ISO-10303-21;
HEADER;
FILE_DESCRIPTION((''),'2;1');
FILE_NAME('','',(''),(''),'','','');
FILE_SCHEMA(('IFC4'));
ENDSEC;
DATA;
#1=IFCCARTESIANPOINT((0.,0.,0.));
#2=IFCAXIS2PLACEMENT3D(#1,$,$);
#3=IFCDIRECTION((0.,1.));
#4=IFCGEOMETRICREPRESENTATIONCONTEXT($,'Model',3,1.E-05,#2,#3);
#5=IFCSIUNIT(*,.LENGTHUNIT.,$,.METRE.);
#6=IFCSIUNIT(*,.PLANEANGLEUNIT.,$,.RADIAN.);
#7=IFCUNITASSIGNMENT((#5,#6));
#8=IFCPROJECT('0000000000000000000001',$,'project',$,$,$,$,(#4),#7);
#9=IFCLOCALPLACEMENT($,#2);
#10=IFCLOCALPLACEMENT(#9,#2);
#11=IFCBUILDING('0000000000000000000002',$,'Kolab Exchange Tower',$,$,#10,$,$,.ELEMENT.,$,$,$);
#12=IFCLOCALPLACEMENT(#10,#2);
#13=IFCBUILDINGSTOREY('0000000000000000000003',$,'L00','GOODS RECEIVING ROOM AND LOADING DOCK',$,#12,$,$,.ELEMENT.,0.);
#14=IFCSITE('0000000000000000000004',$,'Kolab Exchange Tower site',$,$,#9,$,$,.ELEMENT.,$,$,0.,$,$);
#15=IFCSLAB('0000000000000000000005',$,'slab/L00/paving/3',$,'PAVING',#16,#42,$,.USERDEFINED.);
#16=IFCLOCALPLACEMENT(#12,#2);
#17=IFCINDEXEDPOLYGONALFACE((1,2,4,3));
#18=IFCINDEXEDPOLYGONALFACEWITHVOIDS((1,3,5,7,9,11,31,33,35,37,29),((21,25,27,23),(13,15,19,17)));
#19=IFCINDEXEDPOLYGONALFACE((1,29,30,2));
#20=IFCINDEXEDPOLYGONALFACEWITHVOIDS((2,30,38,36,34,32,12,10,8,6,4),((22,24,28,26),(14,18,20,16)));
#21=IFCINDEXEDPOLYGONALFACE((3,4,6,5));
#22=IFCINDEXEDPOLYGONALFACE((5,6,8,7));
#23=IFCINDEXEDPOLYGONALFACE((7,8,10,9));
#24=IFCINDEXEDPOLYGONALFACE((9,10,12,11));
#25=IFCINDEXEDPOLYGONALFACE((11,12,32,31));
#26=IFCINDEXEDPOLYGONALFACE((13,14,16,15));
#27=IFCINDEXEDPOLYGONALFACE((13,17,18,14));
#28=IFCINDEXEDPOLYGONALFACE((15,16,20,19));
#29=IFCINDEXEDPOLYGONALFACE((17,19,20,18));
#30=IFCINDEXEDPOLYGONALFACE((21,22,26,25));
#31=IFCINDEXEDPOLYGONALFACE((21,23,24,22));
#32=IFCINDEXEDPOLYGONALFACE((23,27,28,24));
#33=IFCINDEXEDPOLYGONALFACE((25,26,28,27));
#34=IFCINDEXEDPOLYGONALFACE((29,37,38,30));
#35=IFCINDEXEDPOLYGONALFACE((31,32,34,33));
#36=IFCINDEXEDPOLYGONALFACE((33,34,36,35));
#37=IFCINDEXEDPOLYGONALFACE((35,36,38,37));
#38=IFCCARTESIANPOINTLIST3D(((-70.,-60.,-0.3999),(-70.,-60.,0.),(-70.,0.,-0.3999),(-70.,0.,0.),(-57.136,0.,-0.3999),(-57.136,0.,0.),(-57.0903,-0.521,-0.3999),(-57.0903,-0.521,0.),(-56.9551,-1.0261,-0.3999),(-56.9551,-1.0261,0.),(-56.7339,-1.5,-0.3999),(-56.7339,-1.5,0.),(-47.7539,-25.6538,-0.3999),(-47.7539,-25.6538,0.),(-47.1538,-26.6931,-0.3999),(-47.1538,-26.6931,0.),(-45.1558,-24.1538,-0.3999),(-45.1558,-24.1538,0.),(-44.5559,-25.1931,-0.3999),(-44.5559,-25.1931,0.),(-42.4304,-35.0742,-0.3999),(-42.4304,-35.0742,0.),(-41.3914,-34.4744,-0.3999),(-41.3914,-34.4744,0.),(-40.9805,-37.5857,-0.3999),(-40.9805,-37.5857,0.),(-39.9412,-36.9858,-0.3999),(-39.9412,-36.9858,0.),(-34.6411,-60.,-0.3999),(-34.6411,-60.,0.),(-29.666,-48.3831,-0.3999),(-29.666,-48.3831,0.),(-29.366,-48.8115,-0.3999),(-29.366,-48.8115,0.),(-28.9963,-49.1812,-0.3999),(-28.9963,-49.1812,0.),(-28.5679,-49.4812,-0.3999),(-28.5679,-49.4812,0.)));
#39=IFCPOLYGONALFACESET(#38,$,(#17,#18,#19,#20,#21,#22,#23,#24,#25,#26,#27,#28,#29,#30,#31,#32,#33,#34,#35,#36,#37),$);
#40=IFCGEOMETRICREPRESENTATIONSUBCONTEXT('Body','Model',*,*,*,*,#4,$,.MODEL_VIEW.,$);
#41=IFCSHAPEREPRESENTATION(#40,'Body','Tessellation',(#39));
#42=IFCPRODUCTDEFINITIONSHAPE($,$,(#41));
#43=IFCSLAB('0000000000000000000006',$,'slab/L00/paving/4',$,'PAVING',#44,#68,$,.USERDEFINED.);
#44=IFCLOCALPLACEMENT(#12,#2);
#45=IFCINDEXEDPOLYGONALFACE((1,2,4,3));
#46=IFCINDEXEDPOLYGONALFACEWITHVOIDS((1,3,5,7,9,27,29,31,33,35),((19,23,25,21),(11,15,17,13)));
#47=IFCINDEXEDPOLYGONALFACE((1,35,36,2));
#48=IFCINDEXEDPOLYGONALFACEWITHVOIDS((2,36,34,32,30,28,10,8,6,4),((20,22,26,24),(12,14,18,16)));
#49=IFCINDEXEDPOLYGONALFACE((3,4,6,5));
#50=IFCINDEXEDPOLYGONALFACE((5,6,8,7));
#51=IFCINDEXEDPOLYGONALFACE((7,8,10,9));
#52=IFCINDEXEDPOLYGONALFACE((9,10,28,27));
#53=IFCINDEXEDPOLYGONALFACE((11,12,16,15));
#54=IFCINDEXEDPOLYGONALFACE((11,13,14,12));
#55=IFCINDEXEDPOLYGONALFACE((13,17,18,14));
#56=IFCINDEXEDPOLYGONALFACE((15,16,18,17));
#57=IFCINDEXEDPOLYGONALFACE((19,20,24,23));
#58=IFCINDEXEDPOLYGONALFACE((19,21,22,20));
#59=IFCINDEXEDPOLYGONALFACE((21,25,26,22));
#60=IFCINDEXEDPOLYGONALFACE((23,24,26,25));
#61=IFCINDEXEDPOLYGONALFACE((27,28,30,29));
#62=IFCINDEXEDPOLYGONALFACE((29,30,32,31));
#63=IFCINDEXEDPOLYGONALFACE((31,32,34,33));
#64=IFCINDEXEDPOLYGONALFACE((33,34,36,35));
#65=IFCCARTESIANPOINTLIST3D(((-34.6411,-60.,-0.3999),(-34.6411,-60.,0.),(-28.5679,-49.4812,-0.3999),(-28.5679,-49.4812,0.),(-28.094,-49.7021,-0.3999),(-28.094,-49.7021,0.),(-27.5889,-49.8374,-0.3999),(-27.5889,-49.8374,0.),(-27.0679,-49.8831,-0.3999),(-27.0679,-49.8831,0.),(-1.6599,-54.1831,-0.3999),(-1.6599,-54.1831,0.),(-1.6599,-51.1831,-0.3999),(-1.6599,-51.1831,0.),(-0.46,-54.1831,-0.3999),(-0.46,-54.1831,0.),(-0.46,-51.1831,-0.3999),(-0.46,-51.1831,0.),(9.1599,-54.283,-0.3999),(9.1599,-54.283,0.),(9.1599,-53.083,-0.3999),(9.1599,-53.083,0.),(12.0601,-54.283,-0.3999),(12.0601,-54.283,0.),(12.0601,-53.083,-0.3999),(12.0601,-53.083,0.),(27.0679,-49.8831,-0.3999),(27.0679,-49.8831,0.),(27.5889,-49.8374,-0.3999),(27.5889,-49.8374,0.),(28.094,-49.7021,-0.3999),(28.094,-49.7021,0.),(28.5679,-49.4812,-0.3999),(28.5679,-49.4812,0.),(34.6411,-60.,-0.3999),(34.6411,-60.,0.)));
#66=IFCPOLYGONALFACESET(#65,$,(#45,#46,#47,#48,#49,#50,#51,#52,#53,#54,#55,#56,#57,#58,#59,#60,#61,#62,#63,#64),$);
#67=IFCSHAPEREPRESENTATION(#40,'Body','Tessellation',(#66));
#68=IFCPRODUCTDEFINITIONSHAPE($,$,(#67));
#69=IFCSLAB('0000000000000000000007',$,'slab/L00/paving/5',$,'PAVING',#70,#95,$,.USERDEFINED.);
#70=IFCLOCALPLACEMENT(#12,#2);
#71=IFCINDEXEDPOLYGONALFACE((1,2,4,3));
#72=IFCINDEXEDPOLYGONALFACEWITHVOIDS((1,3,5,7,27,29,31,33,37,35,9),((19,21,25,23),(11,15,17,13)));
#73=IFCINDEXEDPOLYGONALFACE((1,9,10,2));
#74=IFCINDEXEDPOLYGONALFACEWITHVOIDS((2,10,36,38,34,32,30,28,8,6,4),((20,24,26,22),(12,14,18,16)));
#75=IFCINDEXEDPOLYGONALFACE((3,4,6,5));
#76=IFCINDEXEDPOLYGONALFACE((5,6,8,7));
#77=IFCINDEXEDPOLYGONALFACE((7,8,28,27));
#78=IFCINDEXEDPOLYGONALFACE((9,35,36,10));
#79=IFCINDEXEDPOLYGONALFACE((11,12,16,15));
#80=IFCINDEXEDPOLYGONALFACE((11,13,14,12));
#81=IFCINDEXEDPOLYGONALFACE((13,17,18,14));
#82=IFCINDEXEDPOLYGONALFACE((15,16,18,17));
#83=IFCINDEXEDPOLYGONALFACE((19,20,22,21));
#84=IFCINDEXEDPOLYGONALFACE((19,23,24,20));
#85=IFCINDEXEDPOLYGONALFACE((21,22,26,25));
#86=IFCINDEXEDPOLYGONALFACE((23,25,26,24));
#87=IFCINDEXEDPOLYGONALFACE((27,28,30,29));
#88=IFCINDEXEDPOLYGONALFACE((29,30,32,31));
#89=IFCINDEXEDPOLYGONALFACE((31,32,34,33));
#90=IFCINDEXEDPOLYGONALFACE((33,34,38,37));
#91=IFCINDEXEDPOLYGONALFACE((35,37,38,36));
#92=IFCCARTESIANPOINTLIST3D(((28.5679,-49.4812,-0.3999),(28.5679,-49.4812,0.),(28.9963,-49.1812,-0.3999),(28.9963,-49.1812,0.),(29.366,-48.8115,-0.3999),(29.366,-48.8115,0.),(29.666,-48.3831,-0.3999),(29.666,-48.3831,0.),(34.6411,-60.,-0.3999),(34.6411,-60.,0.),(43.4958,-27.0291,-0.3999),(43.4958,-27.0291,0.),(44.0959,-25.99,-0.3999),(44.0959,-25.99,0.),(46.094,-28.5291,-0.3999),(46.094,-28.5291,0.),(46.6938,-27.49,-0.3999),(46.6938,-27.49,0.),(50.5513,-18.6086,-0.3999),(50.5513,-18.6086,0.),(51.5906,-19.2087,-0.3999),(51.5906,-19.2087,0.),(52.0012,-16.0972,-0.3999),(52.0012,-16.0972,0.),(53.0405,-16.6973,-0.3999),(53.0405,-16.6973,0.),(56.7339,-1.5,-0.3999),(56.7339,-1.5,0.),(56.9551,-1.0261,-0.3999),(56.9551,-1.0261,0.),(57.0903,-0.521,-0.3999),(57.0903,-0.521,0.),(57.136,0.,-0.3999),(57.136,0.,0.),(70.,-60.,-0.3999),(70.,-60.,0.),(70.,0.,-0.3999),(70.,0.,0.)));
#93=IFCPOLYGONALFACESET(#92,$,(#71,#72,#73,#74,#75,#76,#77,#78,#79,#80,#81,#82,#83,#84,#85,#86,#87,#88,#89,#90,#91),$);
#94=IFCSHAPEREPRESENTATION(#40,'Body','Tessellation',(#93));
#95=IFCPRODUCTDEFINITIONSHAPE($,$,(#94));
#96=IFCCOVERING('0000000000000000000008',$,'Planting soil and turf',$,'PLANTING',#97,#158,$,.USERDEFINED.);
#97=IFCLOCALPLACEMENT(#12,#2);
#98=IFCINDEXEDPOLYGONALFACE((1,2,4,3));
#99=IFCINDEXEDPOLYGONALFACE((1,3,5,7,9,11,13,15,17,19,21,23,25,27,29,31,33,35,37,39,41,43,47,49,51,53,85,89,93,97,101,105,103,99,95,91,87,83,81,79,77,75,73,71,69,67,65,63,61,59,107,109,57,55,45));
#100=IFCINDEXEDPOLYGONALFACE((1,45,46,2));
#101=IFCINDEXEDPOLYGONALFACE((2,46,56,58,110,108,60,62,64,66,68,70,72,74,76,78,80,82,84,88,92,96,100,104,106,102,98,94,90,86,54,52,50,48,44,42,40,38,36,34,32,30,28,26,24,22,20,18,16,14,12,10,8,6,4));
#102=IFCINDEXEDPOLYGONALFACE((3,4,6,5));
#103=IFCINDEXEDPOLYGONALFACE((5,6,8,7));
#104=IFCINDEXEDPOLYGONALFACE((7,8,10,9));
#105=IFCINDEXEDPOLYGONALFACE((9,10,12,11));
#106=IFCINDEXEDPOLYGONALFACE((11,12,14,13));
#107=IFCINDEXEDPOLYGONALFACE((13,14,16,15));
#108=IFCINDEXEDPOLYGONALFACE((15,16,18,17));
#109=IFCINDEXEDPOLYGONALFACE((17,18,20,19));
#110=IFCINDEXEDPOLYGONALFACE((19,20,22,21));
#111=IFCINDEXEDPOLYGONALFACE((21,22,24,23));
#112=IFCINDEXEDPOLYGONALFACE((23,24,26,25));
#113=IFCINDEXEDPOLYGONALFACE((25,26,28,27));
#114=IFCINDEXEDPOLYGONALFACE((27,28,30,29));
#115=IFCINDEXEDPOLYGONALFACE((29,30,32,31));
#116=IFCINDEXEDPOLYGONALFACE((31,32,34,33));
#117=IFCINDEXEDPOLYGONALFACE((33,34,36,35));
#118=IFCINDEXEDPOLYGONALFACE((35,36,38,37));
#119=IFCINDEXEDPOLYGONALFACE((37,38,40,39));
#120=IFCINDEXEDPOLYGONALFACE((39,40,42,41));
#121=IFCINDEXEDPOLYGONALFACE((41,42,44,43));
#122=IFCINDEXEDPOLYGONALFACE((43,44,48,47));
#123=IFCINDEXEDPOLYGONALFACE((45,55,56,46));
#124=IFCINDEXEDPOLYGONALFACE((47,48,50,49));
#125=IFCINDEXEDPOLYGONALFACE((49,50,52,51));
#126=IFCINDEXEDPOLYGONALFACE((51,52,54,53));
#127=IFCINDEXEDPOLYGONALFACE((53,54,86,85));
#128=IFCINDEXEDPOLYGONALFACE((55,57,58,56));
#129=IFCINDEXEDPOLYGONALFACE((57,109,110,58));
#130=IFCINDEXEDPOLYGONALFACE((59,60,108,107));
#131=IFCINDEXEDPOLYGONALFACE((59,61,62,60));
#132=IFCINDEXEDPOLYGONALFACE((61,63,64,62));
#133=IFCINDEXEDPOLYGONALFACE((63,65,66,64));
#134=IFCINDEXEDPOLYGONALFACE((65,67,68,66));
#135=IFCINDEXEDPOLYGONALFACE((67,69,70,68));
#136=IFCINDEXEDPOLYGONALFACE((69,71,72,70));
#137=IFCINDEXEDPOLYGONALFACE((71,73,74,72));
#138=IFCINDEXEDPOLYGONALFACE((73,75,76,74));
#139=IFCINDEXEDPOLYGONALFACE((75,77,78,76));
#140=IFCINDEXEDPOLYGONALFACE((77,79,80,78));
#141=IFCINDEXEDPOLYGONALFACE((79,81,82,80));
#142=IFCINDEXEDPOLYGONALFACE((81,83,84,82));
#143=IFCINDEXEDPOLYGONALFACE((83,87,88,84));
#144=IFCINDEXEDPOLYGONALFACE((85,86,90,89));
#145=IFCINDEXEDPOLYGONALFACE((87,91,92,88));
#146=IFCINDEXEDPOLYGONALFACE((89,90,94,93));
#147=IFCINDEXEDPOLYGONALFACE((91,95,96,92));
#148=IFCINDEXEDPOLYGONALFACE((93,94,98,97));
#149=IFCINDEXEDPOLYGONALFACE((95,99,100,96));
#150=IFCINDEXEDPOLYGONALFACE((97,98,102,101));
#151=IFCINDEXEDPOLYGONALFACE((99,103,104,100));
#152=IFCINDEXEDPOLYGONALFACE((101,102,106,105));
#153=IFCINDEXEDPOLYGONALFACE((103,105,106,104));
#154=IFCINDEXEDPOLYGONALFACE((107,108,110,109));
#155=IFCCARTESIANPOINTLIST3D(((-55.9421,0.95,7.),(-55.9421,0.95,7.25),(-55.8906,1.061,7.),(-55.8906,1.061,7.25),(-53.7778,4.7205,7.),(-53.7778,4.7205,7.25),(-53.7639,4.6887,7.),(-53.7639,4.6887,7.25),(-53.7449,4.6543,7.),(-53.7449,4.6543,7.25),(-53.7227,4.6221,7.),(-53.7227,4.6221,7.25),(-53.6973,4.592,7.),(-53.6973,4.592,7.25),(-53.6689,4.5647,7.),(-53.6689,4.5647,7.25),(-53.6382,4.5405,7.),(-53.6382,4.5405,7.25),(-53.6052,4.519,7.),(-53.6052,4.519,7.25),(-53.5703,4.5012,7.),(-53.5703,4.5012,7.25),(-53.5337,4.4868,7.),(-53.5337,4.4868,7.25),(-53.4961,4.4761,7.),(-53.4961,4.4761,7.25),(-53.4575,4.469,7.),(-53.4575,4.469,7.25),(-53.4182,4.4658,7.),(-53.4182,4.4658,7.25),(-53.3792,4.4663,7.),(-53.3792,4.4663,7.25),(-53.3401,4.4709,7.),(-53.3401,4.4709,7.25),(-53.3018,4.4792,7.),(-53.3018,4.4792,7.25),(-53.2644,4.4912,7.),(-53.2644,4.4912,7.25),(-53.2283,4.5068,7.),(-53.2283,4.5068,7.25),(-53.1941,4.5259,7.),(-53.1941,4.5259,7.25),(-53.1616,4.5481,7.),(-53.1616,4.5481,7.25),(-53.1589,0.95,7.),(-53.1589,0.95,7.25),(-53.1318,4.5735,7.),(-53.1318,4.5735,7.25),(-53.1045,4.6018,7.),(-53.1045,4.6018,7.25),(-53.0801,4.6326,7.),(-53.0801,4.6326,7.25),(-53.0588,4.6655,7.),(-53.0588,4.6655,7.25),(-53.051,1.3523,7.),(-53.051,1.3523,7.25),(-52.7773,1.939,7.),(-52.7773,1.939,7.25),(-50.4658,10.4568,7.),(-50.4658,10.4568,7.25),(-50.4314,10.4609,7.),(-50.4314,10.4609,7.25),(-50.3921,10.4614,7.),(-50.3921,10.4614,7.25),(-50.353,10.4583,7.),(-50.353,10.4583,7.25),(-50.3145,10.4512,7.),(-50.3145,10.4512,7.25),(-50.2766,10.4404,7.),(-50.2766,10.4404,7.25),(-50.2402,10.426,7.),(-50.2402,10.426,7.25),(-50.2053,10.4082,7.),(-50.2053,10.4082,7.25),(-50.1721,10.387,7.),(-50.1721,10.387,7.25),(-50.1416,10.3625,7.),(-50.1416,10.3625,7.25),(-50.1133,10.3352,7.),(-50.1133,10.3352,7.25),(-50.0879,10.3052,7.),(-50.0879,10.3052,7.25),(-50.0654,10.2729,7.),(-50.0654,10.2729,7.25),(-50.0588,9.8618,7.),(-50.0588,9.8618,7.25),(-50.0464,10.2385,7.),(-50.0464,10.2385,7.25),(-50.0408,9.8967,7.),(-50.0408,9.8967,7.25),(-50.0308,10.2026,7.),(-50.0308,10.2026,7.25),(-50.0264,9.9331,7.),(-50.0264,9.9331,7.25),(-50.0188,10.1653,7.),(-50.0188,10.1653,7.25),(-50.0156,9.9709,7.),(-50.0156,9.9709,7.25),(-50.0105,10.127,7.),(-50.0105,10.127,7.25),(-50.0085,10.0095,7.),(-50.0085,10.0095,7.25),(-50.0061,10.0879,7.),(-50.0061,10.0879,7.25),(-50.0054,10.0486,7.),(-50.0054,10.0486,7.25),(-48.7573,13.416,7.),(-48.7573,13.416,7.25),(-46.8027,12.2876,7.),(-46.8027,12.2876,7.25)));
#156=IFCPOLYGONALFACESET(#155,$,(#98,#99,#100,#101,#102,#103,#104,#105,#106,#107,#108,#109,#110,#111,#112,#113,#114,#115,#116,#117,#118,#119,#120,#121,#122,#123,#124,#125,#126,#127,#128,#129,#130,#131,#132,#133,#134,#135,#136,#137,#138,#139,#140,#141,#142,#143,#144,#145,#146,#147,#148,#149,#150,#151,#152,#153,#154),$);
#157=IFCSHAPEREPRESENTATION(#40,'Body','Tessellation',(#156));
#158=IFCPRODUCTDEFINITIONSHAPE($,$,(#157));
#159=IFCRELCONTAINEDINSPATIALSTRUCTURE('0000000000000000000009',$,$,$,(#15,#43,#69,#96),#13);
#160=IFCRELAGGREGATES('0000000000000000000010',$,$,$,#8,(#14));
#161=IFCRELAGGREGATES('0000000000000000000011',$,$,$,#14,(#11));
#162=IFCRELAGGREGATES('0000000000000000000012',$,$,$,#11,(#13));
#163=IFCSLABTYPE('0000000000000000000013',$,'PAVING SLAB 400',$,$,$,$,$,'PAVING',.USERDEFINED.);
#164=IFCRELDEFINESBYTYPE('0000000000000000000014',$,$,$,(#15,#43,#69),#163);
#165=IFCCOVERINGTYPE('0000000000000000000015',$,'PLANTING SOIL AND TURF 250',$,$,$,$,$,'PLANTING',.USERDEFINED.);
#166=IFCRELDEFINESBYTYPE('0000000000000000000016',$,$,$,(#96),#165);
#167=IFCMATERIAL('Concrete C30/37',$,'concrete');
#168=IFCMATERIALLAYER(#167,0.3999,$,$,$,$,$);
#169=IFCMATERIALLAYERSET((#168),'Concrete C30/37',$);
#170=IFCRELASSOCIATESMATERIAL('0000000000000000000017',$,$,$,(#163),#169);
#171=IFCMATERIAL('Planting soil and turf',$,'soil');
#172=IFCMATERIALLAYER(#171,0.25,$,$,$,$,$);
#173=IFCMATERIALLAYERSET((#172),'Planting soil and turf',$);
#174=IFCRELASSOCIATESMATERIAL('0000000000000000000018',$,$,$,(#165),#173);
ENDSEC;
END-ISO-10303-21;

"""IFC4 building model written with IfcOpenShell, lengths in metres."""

from ifc_helpers import new_model, si_unit, direction, frame, origin, place, context, subcontext, project, spatial, polyline, outline, extrude, material, layer, layer_set, type_object, element, save


model = new_model("IFC4")

# Units and contexts
model_context = context("Model", 3, precision=1e-05, world=origin(), true_north=direction((0.0, 1.0)))
body_context = subcontext(model_context, "Body", "Model", "MODEL_VIEW")
ifc_project = project(units=[si_unit("LENGTHUNIT", "METRE"), si_unit("PLANEANGLEUNIT", "RADIAN")], contexts=[model_context])

# Site, building, storey
site_placement = place(None, origin())
site = spatial("IfcSite", under=ifc_project, at=site_placement, Name="Kolab Exchange Tower site", CompositionType="ELEMENT", RefElevation=0.0)
building_placement = place(site_placement, origin())
building = spatial("IfcBuilding", under=site, at=building_placement, Name="Kolab Exchange Tower", CompositionType="ELEMENT")
storey_placement = place(building_placement, origin())
storey = spatial("IfcBuildingStorey", under=building, at=storey_placement, Name="L00", Description="GOODS RECEIVING ROOM AND LOADING DOCK", CompositionType="ELEMENT", Elevation=0.0)

# Slabs
ifc_material_1 = material(Name="Concrete C30/37", Category="concrete")
ifc_layer_1 = layer(ifc_material_1, 0.3999)
ifc_layer_set_1 = layer_set([ifc_layer_1], Name="Concrete C30/37")
slab_type_1 = type_object("IfcSlabType", Name="PAVING SLAB 400", ElementType="PAVING", PredefinedType="USERDEFINED", material=ifc_layer_set_1)
slab_1_placement = place(storey_placement, frame((0.0, 0.0, -0.3999)))
element("IfcSlab", 1, at=slab_1_placement, inside=storey, type_object=slab_type_1, Name="slab/L00/paving/3", ObjectType="PAVING", PredefinedType="USERDEFINED", context=body_context, shape_type="SweptSolid", body=[
    extrude(outline(polyline([(-70.0, 0.0), (-70.0, -60.0), (-34.6411, -60.0), (-28.5679, -49.4812), (-28.9963, -49.1812), (-29.366, -48.8115), (-29.666, -48.3831), (-56.7339, -1.5), (-56.9551, -1.0261), (-57.0903, -0.521), (-57.136, 0.0), (-70.0, 0.0)]), holes=[polyline([(-40.9805, -37.5857), (-42.4304, -35.0742), (-41.3914, -34.4744), (-39.9412, -36.9858), (-40.9805, -37.5857)]), polyline([(-45.1558, -24.1538), (-44.5559, -25.1931), (-47.1538, -26.6931), (-47.7539, -25.6538), (-45.1558, -24.1538)])]), origin(), (0.0, 0.0, 1.0), 0.3999),
])
slab_2_placement = place(storey_placement, frame((0.0, 0.0, -0.3999)))
element("IfcSlab", 2, at=slab_2_placement, inside=storey, type_object=slab_type_1, Name="slab/L00/paving/4", ObjectType="PAVING", PredefinedType="USERDEFINED", context=body_context, shape_type="SweptSolid", body=[
    extrude(outline(polyline([(-34.6411, -60.0), (34.6411, -60.0), (28.5679, -49.4812), (28.094, -49.7021), (27.5889, -49.8374), (27.0679, -49.8831), (-27.0679, -49.8831), (-27.5889, -49.8374), (-28.094, -49.7021), (-28.5679, -49.4812), (-34.6411, -60.0)]), holes=[polyline([(-1.6599, -54.1831), (-1.6599, -51.1831), (-0.46, -51.1831), (-0.46, -54.1831), (-1.6599, -54.1831)]), polyline([(12.0601, -53.083), (12.0601, -54.283), (9.1599, -54.283), (9.1599, -53.083), (12.0601, -53.083)])]), origin(), (0.0, 0.0, 1.0), 0.3999),
])
slab_3_placement = place(storey_placement, frame((0.0, 0.0, -0.3999)))
element("IfcSlab", 3, at=slab_3_placement, inside=storey, type_object=slab_type_1, Name="slab/L00/paving/5", ObjectType="PAVING", PredefinedType="USERDEFINED", context=body_context, shape_type="SweptSolid", body=[
    extrude(outline(polyline([(70.0, -60.0), (70.0, 0.0), (57.136, 0.0), (57.0903, -0.521), (56.9551, -1.0261), (56.7339, -1.5), (29.666, -48.3831), (29.366, -48.8115), (28.9963, -49.1812), (28.5679, -49.4812), (34.6411, -60.0), (70.0, -60.0)]), holes=[polyline([(43.4958, -27.0291), (44.0959, -25.99), (46.6938, -27.49), (46.094, -28.5291), (43.4958, -27.0291)]), polyline([(53.0405, -16.6973), (51.5906, -19.2087), (50.5513, -18.6086), (52.0012, -16.0972), (53.0405, -16.6973)])]), origin(), (0.0, 0.0, 1.0), 0.3999),
])

# Covering
ifc_material_2 = material(Name="Planting soil and turf", Category="soil")
ifc_layer_2 = layer(ifc_material_2, 0.25)
ifc_layer_set_2 = layer_set([ifc_layer_2], Name="Planting soil and turf")
covering_type_1 = type_object("IfcCoveringType", Name="PLANTING SOIL AND TURF 250", ElementType="PLANTING", PredefinedType="USERDEFINED", material=ifc_layer_set_2)
covering_1_placement = place(storey_placement, frame((0.0, 0.0, 7.0)))
element("IfcCovering", 4, at=covering_1_placement, inside=storey, type_object=covering_type_1, Name="Planting soil and turf", ObjectType="PLANTING", PredefinedType="USERDEFINED", context=body_context, shape_type="SweptSolid", body=[
    extrude(outline(polyline([(-55.8906, 1.061), (-53.7778, 4.7205), (-53.7639, 4.6887), (-53.7449, 4.6543), (-53.7227, 4.6221), (-53.6973, 4.592), (-53.6689, 4.5647), (-53.6382, 4.5405), (-53.6052, 4.519), (-53.5703, 4.5012), (-53.5337, 4.4868), (-53.4961, 4.4761), (-53.4575, 4.469), (-53.4182, 4.4658), (-53.3792, 4.4663), (-53.3401, 4.4709), (-53.3018, 4.4792), (-53.2644, 4.4912), (-53.2283, 4.5068), (-53.1941, 4.5259), (-53.1616, 4.5481), (-53.1318, 4.5735), (-53.1045, 4.6018), (-53.0801, 4.6326), (-53.0588, 4.6655), (-50.0588, 9.8618), (-50.0408, 9.8967), (-50.0264, 9.9331), (-50.0156, 9.9709), (-50.0085, 10.0095), (-50.0054, 10.0486), (-50.0061, 10.0879), (-50.0105, 10.127), (-50.0188, 10.1653), (-50.0308, 10.2026), (-50.0464, 10.2385), (-50.0654, 10.2729), (-50.0879, 10.3052), (-50.1133, 10.3352), (-50.1416, 10.3625), (-50.1721, 10.387), (-50.2053, 10.4082), (-50.2402, 10.426), (-50.2766, 10.4404), (-50.3145, 10.4512), (-50.353, 10.4583), (-50.3921, 10.4614), (-50.4314, 10.4609), (-50.4658, 10.4568), (-48.7573, 13.416), (-46.8027, 12.2876), (-52.7773, 1.939), (-53.051, 1.3523), (-53.1589, 0.95), (-55.9421, 0.95), (-55.8906, 1.061)])), origin(), (0.0, 0.0, 1.0), 0.25),
])

save(model, "model.ifc")
